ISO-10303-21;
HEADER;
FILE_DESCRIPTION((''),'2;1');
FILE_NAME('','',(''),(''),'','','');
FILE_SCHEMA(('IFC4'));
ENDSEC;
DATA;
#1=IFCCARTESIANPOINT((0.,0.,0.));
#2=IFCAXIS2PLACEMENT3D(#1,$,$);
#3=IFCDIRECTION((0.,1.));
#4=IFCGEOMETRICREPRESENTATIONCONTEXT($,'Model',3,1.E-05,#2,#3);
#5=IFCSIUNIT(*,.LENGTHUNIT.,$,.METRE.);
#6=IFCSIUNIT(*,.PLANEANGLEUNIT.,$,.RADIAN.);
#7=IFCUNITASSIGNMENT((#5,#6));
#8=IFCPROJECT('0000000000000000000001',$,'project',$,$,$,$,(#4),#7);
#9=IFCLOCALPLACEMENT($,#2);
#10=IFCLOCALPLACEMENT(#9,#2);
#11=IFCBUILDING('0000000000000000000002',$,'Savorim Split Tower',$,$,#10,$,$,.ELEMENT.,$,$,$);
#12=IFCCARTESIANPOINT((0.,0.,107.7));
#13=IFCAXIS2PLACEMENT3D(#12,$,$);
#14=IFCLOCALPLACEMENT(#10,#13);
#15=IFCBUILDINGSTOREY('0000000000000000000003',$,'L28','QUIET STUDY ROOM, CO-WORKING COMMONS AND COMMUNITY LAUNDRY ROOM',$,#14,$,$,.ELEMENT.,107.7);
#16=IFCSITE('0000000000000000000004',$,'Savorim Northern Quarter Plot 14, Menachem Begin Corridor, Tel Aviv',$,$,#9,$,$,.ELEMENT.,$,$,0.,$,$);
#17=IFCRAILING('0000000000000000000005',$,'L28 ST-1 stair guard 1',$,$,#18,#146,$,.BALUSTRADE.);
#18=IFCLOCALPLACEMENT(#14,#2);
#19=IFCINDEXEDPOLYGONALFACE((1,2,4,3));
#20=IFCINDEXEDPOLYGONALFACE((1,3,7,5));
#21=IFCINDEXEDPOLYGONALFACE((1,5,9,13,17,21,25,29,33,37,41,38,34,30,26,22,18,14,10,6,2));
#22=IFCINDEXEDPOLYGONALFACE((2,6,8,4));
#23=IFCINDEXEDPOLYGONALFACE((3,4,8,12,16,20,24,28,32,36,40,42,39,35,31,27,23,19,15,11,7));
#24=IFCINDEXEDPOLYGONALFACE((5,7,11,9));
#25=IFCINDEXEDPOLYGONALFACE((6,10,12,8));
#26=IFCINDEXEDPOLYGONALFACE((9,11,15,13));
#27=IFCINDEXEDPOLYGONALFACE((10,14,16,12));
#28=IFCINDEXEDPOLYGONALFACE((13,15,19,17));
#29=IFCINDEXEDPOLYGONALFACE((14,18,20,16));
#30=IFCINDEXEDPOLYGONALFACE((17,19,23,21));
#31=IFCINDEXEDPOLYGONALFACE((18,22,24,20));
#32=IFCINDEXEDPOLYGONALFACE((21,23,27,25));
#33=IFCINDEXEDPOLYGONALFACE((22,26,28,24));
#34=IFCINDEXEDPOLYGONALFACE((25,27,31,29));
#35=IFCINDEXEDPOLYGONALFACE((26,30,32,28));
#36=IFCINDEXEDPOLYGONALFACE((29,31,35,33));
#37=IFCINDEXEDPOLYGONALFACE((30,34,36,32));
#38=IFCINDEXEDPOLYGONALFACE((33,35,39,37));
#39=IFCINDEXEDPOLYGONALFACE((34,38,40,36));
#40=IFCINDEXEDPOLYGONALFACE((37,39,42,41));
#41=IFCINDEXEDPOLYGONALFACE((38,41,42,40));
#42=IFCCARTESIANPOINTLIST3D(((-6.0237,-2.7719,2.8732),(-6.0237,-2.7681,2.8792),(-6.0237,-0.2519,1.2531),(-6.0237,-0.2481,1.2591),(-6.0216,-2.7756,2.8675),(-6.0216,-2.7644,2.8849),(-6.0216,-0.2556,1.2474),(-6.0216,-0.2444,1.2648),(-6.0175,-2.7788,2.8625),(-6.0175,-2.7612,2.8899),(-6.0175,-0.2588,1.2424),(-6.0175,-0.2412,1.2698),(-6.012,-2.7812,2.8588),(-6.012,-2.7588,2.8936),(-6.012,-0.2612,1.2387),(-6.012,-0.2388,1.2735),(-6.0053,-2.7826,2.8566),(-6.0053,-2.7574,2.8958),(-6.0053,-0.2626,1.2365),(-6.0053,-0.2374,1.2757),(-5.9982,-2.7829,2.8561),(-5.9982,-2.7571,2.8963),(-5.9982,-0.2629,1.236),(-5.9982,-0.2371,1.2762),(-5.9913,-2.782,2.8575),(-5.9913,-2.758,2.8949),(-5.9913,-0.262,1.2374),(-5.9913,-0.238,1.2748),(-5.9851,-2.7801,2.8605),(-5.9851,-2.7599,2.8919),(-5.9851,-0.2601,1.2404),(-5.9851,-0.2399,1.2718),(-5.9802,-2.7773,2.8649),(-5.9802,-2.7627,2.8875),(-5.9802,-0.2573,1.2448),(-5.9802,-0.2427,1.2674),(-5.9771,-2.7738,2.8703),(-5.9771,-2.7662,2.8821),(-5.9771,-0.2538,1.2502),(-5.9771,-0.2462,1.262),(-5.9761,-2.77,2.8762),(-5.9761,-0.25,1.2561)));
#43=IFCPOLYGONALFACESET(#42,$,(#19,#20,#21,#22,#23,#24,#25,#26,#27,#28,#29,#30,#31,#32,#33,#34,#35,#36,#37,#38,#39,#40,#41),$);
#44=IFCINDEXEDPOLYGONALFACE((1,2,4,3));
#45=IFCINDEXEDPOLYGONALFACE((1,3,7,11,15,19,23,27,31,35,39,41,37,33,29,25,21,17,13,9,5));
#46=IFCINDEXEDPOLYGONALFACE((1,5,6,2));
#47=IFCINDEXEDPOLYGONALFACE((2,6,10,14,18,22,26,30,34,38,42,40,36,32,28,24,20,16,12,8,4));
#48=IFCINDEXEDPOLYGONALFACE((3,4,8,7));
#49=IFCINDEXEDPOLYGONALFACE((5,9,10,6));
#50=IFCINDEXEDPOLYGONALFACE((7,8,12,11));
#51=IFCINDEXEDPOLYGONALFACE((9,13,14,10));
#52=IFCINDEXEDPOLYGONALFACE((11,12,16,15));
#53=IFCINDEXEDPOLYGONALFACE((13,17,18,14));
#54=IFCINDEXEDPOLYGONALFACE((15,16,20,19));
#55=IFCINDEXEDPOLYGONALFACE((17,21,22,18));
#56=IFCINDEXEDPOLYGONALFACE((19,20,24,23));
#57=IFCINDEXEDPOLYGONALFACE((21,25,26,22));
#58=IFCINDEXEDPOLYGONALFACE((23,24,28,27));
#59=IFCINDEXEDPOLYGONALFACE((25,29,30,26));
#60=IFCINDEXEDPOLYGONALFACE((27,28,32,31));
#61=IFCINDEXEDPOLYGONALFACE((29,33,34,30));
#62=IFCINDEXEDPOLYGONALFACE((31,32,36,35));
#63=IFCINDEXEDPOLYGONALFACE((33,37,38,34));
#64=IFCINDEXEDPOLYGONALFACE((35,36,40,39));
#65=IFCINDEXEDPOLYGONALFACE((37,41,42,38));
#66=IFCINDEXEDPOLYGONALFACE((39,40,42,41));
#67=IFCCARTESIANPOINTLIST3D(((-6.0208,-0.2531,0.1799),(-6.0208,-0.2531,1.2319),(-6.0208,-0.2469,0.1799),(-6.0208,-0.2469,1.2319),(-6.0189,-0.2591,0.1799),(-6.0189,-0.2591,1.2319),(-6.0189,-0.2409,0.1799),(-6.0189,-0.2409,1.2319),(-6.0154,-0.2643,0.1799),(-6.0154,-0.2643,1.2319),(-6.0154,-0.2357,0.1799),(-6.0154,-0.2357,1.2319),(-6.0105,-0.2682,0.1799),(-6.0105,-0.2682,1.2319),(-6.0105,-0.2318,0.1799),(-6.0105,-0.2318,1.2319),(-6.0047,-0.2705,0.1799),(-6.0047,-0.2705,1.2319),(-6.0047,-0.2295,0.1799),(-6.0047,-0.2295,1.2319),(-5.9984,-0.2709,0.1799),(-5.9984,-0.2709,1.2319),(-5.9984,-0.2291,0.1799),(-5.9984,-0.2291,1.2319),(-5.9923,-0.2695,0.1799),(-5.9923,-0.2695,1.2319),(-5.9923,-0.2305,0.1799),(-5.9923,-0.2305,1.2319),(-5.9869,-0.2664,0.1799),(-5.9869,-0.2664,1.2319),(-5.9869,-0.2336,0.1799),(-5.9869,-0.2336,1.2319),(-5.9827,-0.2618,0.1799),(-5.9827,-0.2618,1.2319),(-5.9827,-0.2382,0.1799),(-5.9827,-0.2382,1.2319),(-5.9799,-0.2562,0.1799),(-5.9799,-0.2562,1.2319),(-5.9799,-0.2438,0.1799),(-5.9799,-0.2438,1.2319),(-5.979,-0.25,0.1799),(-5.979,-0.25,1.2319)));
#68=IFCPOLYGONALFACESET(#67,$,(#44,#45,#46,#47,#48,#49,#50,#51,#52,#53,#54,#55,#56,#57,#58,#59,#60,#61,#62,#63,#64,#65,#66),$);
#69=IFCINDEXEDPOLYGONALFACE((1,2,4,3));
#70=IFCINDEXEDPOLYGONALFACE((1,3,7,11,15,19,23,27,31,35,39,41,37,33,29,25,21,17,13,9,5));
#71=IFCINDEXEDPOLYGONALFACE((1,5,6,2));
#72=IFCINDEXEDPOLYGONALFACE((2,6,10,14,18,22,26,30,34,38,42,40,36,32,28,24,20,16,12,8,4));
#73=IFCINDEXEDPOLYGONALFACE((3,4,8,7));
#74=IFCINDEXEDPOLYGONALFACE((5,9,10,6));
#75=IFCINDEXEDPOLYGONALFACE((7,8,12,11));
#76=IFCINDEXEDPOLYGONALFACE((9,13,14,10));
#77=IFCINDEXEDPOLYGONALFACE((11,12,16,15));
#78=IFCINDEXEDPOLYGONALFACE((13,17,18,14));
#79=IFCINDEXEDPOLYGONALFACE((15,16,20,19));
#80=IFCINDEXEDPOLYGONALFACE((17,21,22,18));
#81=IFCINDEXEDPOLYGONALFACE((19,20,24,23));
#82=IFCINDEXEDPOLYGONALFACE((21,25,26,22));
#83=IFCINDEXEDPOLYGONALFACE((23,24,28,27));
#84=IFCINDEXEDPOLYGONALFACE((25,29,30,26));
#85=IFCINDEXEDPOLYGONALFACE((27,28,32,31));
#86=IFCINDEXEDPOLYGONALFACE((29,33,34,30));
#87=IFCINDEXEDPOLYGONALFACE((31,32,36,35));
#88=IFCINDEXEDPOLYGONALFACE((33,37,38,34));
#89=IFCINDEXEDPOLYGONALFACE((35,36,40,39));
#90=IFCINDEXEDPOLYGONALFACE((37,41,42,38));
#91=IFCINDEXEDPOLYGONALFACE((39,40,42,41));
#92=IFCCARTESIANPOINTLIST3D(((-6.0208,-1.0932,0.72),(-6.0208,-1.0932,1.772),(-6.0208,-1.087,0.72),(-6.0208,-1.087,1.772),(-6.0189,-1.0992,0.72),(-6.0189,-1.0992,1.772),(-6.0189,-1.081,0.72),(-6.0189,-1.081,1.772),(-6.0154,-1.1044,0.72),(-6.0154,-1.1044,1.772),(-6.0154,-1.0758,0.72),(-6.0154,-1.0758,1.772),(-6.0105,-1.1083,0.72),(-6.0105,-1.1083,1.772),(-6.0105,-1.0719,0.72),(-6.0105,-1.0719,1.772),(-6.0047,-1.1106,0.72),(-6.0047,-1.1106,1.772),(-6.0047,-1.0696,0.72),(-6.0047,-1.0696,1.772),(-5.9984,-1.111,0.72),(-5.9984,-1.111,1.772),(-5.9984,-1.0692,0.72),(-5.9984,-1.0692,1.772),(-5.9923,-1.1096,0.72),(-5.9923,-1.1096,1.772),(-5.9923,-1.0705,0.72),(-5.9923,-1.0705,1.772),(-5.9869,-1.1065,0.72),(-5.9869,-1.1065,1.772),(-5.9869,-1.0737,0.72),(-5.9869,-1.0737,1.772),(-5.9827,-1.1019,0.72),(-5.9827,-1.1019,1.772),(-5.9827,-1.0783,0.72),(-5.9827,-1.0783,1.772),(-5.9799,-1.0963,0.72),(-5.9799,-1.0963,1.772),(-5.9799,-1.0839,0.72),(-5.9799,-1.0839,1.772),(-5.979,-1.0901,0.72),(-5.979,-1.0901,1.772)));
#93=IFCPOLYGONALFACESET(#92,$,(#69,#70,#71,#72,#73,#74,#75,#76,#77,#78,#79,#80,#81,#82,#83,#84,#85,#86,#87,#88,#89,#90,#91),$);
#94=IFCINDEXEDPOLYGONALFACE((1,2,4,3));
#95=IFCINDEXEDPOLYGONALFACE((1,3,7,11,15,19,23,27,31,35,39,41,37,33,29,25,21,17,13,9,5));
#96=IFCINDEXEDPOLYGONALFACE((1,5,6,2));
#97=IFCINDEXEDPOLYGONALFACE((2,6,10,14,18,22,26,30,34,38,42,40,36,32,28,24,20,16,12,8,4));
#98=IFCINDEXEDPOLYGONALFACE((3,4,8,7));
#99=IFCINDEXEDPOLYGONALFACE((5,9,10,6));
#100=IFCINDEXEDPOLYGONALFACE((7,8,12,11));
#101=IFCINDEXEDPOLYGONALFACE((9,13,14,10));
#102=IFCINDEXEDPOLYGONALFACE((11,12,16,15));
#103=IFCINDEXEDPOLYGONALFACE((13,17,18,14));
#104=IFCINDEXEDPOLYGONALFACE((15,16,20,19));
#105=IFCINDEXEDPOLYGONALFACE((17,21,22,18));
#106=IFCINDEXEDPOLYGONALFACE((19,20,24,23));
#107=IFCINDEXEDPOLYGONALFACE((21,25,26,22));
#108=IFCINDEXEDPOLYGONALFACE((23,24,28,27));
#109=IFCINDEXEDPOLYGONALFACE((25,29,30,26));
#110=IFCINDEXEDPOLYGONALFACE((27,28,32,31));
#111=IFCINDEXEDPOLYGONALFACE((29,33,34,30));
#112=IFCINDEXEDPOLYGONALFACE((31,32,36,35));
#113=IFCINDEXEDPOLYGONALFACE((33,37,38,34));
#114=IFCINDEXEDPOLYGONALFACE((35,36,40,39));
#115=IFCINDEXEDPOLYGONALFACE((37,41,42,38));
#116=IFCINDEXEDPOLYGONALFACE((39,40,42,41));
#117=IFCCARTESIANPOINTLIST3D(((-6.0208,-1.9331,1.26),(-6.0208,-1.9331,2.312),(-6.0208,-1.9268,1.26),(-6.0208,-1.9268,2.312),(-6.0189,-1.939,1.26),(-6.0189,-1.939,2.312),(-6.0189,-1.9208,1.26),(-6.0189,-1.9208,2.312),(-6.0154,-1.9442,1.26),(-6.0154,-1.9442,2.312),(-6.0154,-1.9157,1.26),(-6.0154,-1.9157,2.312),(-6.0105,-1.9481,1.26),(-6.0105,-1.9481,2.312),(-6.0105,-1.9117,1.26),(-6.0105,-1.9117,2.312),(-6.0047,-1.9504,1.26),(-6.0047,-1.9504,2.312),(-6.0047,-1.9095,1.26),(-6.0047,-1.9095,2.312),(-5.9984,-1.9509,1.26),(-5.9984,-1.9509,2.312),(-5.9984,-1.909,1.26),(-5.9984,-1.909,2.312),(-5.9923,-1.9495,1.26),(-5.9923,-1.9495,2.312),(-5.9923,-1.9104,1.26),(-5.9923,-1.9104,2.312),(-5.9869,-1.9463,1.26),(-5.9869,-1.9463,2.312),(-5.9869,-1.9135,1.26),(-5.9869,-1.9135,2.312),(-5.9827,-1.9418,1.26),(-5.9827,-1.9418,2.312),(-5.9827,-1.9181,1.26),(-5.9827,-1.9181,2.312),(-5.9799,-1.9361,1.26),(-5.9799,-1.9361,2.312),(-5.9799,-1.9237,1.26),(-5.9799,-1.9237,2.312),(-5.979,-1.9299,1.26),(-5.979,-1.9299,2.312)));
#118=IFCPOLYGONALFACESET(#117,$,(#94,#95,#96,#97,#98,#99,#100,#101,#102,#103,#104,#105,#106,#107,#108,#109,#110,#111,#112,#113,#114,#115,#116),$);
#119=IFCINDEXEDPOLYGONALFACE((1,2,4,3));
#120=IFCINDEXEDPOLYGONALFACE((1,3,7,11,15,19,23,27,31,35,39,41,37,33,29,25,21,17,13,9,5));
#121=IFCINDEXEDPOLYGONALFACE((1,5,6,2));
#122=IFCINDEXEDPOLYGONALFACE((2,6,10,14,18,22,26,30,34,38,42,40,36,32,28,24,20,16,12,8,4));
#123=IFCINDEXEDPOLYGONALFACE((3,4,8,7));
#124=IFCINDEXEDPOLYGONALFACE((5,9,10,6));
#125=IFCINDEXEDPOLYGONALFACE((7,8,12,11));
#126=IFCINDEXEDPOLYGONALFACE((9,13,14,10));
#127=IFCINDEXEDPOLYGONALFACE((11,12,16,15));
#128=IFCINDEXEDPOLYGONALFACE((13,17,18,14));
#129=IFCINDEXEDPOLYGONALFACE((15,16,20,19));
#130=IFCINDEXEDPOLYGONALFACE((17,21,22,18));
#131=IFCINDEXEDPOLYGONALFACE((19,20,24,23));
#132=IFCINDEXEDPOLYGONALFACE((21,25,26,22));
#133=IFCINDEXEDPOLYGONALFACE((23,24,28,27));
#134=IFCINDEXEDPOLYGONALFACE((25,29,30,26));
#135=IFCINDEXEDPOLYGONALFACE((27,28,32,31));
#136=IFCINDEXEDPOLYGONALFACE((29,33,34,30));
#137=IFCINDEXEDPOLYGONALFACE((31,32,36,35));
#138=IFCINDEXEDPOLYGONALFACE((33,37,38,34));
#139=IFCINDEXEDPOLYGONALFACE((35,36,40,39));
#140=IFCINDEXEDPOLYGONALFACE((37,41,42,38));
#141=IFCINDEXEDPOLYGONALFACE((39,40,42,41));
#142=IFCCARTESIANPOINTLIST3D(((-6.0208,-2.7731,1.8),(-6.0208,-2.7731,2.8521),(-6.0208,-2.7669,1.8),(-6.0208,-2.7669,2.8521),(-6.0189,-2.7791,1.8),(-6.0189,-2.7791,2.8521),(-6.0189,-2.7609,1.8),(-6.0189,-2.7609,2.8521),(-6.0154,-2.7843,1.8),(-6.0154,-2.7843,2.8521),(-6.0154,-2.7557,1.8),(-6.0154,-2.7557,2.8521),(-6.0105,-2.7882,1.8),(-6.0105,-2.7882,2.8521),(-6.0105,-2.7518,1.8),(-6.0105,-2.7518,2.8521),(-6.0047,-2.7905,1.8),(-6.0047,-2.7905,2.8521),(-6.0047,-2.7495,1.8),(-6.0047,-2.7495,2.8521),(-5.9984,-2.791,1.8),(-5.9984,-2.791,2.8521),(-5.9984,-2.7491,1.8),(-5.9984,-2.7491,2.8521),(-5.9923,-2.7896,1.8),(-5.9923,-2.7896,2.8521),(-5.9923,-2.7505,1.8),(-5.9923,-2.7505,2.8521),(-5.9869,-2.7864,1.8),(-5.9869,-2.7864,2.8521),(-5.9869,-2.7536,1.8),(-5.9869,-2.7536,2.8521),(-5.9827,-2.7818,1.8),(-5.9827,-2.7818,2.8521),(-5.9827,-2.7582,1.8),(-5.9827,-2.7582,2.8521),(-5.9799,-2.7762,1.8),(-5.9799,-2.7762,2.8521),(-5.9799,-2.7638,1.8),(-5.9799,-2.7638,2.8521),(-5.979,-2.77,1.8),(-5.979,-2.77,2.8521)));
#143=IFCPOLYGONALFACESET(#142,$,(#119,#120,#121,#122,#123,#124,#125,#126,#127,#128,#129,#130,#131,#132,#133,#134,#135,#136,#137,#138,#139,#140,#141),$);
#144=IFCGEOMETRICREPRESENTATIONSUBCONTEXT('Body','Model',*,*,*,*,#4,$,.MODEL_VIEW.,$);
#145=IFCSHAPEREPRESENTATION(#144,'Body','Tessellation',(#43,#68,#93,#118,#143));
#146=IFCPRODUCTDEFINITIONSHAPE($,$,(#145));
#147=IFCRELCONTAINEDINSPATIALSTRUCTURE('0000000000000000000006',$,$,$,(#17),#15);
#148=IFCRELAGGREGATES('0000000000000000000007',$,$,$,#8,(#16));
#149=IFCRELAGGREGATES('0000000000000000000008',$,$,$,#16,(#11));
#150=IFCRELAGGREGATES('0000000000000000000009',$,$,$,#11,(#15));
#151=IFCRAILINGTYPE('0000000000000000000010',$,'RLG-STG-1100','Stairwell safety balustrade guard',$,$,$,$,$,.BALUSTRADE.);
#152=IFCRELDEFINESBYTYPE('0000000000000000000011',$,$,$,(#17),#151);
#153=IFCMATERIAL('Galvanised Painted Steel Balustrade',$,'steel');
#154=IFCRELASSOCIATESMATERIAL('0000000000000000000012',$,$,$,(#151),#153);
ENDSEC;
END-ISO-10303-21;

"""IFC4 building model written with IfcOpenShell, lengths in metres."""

from ifc_helpers import new_model, si_unit, direction, frame, origin, origin_2d, place, context, subcontext, project, spatial, circle, extrude, material, type_object, element, save


model = new_model("IFC4")

# Units and contexts
model_context = context("Model", 3, precision=1e-05, world=origin(), true_north=direction((0.0, 1.0)))
body_context = subcontext(model_context, "Body", "Model", "MODEL_VIEW")
ifc_project = project(units=[si_unit("LENGTHUNIT", "METRE"), si_unit("PLANEANGLEUNIT", "RADIAN")], contexts=[model_context])

# Site, building, storey
site_placement = place(None, origin())
site = spatial("IfcSite", under=ifc_project, at=site_placement, Name="Savorim Northern Quarter Plot 14, Menachem Begin Corridor, Tel Aviv", CompositionType="ELEMENT", RefElevation=0.0)
building_placement = place(site_placement, origin())
building = spatial("IfcBuilding", under=site, at=building_placement, Name="Savorim Split Tower", CompositionType="ELEMENT")
storey_placement = place(building_placement, frame((0.0, 0.0, 107.7)))
storey = spatial("IfcBuildingStorey", under=building, at=storey_placement, Name="L28", Description="QUIET STUDY ROOM, CO-WORKING COMMONS AND COMMUNITY LAUNDRY ROOM", CompositionType="ELEMENT", Elevation=107.7)

# Railing
ifc_material_1 = material(Name="Galvanised Painted Steel Balustrade", Category="steel")
railing_type_1 = type_object("IfcRailingType", Name="RLG-STG-1100", Description="Stairwell safety balustrade guard", PredefinedType="BALUSTRADE", material=ifc_material_1)
railing_1_placement = place(storey_placement, frame((-6.0, -0.25, 0.1799)))
element("IfcRailing", 1, at=railing_1_placement, inside=storey, type_object=railing_type_1, Name="L28 ST-1 stair guard 1", PredefinedType="BALUSTRADE", context=body_context, shape_type="SweptSolid", body=[
    extrude(circle(Radius=0.0239, at=origin_2d()), frame((0.0, 0.0, 1.0762), z_axis=(0.0, -0.841163, 0.540782), x_axis=(1.0, 0.0, 0.0)), (0.0, 0.0, 1.0), 2.9958),
    extrude(circle(Radius=0.021, at=origin_2d()), origin(), (0.0, 0.0, 1.0), 1.052),
    extrude(circle(Radius=0.021, at=origin_2d()), frame((0.0, -0.8401, 0.54)), (0.0, 0.0, 1.0), 1.052),
    extrude(circle(Radius=0.021, at=origin_2d()), frame((0.0, -1.6799, 1.0801)), (0.0, 0.0, 1.0), 1.052),
    extrude(circle(Radius=0.021, at=origin_2d()), frame((0.0, -2.52, 1.6201)), (0.0, 0.0, 1.0), 1.052),
])

save(model, "model.ifc")
